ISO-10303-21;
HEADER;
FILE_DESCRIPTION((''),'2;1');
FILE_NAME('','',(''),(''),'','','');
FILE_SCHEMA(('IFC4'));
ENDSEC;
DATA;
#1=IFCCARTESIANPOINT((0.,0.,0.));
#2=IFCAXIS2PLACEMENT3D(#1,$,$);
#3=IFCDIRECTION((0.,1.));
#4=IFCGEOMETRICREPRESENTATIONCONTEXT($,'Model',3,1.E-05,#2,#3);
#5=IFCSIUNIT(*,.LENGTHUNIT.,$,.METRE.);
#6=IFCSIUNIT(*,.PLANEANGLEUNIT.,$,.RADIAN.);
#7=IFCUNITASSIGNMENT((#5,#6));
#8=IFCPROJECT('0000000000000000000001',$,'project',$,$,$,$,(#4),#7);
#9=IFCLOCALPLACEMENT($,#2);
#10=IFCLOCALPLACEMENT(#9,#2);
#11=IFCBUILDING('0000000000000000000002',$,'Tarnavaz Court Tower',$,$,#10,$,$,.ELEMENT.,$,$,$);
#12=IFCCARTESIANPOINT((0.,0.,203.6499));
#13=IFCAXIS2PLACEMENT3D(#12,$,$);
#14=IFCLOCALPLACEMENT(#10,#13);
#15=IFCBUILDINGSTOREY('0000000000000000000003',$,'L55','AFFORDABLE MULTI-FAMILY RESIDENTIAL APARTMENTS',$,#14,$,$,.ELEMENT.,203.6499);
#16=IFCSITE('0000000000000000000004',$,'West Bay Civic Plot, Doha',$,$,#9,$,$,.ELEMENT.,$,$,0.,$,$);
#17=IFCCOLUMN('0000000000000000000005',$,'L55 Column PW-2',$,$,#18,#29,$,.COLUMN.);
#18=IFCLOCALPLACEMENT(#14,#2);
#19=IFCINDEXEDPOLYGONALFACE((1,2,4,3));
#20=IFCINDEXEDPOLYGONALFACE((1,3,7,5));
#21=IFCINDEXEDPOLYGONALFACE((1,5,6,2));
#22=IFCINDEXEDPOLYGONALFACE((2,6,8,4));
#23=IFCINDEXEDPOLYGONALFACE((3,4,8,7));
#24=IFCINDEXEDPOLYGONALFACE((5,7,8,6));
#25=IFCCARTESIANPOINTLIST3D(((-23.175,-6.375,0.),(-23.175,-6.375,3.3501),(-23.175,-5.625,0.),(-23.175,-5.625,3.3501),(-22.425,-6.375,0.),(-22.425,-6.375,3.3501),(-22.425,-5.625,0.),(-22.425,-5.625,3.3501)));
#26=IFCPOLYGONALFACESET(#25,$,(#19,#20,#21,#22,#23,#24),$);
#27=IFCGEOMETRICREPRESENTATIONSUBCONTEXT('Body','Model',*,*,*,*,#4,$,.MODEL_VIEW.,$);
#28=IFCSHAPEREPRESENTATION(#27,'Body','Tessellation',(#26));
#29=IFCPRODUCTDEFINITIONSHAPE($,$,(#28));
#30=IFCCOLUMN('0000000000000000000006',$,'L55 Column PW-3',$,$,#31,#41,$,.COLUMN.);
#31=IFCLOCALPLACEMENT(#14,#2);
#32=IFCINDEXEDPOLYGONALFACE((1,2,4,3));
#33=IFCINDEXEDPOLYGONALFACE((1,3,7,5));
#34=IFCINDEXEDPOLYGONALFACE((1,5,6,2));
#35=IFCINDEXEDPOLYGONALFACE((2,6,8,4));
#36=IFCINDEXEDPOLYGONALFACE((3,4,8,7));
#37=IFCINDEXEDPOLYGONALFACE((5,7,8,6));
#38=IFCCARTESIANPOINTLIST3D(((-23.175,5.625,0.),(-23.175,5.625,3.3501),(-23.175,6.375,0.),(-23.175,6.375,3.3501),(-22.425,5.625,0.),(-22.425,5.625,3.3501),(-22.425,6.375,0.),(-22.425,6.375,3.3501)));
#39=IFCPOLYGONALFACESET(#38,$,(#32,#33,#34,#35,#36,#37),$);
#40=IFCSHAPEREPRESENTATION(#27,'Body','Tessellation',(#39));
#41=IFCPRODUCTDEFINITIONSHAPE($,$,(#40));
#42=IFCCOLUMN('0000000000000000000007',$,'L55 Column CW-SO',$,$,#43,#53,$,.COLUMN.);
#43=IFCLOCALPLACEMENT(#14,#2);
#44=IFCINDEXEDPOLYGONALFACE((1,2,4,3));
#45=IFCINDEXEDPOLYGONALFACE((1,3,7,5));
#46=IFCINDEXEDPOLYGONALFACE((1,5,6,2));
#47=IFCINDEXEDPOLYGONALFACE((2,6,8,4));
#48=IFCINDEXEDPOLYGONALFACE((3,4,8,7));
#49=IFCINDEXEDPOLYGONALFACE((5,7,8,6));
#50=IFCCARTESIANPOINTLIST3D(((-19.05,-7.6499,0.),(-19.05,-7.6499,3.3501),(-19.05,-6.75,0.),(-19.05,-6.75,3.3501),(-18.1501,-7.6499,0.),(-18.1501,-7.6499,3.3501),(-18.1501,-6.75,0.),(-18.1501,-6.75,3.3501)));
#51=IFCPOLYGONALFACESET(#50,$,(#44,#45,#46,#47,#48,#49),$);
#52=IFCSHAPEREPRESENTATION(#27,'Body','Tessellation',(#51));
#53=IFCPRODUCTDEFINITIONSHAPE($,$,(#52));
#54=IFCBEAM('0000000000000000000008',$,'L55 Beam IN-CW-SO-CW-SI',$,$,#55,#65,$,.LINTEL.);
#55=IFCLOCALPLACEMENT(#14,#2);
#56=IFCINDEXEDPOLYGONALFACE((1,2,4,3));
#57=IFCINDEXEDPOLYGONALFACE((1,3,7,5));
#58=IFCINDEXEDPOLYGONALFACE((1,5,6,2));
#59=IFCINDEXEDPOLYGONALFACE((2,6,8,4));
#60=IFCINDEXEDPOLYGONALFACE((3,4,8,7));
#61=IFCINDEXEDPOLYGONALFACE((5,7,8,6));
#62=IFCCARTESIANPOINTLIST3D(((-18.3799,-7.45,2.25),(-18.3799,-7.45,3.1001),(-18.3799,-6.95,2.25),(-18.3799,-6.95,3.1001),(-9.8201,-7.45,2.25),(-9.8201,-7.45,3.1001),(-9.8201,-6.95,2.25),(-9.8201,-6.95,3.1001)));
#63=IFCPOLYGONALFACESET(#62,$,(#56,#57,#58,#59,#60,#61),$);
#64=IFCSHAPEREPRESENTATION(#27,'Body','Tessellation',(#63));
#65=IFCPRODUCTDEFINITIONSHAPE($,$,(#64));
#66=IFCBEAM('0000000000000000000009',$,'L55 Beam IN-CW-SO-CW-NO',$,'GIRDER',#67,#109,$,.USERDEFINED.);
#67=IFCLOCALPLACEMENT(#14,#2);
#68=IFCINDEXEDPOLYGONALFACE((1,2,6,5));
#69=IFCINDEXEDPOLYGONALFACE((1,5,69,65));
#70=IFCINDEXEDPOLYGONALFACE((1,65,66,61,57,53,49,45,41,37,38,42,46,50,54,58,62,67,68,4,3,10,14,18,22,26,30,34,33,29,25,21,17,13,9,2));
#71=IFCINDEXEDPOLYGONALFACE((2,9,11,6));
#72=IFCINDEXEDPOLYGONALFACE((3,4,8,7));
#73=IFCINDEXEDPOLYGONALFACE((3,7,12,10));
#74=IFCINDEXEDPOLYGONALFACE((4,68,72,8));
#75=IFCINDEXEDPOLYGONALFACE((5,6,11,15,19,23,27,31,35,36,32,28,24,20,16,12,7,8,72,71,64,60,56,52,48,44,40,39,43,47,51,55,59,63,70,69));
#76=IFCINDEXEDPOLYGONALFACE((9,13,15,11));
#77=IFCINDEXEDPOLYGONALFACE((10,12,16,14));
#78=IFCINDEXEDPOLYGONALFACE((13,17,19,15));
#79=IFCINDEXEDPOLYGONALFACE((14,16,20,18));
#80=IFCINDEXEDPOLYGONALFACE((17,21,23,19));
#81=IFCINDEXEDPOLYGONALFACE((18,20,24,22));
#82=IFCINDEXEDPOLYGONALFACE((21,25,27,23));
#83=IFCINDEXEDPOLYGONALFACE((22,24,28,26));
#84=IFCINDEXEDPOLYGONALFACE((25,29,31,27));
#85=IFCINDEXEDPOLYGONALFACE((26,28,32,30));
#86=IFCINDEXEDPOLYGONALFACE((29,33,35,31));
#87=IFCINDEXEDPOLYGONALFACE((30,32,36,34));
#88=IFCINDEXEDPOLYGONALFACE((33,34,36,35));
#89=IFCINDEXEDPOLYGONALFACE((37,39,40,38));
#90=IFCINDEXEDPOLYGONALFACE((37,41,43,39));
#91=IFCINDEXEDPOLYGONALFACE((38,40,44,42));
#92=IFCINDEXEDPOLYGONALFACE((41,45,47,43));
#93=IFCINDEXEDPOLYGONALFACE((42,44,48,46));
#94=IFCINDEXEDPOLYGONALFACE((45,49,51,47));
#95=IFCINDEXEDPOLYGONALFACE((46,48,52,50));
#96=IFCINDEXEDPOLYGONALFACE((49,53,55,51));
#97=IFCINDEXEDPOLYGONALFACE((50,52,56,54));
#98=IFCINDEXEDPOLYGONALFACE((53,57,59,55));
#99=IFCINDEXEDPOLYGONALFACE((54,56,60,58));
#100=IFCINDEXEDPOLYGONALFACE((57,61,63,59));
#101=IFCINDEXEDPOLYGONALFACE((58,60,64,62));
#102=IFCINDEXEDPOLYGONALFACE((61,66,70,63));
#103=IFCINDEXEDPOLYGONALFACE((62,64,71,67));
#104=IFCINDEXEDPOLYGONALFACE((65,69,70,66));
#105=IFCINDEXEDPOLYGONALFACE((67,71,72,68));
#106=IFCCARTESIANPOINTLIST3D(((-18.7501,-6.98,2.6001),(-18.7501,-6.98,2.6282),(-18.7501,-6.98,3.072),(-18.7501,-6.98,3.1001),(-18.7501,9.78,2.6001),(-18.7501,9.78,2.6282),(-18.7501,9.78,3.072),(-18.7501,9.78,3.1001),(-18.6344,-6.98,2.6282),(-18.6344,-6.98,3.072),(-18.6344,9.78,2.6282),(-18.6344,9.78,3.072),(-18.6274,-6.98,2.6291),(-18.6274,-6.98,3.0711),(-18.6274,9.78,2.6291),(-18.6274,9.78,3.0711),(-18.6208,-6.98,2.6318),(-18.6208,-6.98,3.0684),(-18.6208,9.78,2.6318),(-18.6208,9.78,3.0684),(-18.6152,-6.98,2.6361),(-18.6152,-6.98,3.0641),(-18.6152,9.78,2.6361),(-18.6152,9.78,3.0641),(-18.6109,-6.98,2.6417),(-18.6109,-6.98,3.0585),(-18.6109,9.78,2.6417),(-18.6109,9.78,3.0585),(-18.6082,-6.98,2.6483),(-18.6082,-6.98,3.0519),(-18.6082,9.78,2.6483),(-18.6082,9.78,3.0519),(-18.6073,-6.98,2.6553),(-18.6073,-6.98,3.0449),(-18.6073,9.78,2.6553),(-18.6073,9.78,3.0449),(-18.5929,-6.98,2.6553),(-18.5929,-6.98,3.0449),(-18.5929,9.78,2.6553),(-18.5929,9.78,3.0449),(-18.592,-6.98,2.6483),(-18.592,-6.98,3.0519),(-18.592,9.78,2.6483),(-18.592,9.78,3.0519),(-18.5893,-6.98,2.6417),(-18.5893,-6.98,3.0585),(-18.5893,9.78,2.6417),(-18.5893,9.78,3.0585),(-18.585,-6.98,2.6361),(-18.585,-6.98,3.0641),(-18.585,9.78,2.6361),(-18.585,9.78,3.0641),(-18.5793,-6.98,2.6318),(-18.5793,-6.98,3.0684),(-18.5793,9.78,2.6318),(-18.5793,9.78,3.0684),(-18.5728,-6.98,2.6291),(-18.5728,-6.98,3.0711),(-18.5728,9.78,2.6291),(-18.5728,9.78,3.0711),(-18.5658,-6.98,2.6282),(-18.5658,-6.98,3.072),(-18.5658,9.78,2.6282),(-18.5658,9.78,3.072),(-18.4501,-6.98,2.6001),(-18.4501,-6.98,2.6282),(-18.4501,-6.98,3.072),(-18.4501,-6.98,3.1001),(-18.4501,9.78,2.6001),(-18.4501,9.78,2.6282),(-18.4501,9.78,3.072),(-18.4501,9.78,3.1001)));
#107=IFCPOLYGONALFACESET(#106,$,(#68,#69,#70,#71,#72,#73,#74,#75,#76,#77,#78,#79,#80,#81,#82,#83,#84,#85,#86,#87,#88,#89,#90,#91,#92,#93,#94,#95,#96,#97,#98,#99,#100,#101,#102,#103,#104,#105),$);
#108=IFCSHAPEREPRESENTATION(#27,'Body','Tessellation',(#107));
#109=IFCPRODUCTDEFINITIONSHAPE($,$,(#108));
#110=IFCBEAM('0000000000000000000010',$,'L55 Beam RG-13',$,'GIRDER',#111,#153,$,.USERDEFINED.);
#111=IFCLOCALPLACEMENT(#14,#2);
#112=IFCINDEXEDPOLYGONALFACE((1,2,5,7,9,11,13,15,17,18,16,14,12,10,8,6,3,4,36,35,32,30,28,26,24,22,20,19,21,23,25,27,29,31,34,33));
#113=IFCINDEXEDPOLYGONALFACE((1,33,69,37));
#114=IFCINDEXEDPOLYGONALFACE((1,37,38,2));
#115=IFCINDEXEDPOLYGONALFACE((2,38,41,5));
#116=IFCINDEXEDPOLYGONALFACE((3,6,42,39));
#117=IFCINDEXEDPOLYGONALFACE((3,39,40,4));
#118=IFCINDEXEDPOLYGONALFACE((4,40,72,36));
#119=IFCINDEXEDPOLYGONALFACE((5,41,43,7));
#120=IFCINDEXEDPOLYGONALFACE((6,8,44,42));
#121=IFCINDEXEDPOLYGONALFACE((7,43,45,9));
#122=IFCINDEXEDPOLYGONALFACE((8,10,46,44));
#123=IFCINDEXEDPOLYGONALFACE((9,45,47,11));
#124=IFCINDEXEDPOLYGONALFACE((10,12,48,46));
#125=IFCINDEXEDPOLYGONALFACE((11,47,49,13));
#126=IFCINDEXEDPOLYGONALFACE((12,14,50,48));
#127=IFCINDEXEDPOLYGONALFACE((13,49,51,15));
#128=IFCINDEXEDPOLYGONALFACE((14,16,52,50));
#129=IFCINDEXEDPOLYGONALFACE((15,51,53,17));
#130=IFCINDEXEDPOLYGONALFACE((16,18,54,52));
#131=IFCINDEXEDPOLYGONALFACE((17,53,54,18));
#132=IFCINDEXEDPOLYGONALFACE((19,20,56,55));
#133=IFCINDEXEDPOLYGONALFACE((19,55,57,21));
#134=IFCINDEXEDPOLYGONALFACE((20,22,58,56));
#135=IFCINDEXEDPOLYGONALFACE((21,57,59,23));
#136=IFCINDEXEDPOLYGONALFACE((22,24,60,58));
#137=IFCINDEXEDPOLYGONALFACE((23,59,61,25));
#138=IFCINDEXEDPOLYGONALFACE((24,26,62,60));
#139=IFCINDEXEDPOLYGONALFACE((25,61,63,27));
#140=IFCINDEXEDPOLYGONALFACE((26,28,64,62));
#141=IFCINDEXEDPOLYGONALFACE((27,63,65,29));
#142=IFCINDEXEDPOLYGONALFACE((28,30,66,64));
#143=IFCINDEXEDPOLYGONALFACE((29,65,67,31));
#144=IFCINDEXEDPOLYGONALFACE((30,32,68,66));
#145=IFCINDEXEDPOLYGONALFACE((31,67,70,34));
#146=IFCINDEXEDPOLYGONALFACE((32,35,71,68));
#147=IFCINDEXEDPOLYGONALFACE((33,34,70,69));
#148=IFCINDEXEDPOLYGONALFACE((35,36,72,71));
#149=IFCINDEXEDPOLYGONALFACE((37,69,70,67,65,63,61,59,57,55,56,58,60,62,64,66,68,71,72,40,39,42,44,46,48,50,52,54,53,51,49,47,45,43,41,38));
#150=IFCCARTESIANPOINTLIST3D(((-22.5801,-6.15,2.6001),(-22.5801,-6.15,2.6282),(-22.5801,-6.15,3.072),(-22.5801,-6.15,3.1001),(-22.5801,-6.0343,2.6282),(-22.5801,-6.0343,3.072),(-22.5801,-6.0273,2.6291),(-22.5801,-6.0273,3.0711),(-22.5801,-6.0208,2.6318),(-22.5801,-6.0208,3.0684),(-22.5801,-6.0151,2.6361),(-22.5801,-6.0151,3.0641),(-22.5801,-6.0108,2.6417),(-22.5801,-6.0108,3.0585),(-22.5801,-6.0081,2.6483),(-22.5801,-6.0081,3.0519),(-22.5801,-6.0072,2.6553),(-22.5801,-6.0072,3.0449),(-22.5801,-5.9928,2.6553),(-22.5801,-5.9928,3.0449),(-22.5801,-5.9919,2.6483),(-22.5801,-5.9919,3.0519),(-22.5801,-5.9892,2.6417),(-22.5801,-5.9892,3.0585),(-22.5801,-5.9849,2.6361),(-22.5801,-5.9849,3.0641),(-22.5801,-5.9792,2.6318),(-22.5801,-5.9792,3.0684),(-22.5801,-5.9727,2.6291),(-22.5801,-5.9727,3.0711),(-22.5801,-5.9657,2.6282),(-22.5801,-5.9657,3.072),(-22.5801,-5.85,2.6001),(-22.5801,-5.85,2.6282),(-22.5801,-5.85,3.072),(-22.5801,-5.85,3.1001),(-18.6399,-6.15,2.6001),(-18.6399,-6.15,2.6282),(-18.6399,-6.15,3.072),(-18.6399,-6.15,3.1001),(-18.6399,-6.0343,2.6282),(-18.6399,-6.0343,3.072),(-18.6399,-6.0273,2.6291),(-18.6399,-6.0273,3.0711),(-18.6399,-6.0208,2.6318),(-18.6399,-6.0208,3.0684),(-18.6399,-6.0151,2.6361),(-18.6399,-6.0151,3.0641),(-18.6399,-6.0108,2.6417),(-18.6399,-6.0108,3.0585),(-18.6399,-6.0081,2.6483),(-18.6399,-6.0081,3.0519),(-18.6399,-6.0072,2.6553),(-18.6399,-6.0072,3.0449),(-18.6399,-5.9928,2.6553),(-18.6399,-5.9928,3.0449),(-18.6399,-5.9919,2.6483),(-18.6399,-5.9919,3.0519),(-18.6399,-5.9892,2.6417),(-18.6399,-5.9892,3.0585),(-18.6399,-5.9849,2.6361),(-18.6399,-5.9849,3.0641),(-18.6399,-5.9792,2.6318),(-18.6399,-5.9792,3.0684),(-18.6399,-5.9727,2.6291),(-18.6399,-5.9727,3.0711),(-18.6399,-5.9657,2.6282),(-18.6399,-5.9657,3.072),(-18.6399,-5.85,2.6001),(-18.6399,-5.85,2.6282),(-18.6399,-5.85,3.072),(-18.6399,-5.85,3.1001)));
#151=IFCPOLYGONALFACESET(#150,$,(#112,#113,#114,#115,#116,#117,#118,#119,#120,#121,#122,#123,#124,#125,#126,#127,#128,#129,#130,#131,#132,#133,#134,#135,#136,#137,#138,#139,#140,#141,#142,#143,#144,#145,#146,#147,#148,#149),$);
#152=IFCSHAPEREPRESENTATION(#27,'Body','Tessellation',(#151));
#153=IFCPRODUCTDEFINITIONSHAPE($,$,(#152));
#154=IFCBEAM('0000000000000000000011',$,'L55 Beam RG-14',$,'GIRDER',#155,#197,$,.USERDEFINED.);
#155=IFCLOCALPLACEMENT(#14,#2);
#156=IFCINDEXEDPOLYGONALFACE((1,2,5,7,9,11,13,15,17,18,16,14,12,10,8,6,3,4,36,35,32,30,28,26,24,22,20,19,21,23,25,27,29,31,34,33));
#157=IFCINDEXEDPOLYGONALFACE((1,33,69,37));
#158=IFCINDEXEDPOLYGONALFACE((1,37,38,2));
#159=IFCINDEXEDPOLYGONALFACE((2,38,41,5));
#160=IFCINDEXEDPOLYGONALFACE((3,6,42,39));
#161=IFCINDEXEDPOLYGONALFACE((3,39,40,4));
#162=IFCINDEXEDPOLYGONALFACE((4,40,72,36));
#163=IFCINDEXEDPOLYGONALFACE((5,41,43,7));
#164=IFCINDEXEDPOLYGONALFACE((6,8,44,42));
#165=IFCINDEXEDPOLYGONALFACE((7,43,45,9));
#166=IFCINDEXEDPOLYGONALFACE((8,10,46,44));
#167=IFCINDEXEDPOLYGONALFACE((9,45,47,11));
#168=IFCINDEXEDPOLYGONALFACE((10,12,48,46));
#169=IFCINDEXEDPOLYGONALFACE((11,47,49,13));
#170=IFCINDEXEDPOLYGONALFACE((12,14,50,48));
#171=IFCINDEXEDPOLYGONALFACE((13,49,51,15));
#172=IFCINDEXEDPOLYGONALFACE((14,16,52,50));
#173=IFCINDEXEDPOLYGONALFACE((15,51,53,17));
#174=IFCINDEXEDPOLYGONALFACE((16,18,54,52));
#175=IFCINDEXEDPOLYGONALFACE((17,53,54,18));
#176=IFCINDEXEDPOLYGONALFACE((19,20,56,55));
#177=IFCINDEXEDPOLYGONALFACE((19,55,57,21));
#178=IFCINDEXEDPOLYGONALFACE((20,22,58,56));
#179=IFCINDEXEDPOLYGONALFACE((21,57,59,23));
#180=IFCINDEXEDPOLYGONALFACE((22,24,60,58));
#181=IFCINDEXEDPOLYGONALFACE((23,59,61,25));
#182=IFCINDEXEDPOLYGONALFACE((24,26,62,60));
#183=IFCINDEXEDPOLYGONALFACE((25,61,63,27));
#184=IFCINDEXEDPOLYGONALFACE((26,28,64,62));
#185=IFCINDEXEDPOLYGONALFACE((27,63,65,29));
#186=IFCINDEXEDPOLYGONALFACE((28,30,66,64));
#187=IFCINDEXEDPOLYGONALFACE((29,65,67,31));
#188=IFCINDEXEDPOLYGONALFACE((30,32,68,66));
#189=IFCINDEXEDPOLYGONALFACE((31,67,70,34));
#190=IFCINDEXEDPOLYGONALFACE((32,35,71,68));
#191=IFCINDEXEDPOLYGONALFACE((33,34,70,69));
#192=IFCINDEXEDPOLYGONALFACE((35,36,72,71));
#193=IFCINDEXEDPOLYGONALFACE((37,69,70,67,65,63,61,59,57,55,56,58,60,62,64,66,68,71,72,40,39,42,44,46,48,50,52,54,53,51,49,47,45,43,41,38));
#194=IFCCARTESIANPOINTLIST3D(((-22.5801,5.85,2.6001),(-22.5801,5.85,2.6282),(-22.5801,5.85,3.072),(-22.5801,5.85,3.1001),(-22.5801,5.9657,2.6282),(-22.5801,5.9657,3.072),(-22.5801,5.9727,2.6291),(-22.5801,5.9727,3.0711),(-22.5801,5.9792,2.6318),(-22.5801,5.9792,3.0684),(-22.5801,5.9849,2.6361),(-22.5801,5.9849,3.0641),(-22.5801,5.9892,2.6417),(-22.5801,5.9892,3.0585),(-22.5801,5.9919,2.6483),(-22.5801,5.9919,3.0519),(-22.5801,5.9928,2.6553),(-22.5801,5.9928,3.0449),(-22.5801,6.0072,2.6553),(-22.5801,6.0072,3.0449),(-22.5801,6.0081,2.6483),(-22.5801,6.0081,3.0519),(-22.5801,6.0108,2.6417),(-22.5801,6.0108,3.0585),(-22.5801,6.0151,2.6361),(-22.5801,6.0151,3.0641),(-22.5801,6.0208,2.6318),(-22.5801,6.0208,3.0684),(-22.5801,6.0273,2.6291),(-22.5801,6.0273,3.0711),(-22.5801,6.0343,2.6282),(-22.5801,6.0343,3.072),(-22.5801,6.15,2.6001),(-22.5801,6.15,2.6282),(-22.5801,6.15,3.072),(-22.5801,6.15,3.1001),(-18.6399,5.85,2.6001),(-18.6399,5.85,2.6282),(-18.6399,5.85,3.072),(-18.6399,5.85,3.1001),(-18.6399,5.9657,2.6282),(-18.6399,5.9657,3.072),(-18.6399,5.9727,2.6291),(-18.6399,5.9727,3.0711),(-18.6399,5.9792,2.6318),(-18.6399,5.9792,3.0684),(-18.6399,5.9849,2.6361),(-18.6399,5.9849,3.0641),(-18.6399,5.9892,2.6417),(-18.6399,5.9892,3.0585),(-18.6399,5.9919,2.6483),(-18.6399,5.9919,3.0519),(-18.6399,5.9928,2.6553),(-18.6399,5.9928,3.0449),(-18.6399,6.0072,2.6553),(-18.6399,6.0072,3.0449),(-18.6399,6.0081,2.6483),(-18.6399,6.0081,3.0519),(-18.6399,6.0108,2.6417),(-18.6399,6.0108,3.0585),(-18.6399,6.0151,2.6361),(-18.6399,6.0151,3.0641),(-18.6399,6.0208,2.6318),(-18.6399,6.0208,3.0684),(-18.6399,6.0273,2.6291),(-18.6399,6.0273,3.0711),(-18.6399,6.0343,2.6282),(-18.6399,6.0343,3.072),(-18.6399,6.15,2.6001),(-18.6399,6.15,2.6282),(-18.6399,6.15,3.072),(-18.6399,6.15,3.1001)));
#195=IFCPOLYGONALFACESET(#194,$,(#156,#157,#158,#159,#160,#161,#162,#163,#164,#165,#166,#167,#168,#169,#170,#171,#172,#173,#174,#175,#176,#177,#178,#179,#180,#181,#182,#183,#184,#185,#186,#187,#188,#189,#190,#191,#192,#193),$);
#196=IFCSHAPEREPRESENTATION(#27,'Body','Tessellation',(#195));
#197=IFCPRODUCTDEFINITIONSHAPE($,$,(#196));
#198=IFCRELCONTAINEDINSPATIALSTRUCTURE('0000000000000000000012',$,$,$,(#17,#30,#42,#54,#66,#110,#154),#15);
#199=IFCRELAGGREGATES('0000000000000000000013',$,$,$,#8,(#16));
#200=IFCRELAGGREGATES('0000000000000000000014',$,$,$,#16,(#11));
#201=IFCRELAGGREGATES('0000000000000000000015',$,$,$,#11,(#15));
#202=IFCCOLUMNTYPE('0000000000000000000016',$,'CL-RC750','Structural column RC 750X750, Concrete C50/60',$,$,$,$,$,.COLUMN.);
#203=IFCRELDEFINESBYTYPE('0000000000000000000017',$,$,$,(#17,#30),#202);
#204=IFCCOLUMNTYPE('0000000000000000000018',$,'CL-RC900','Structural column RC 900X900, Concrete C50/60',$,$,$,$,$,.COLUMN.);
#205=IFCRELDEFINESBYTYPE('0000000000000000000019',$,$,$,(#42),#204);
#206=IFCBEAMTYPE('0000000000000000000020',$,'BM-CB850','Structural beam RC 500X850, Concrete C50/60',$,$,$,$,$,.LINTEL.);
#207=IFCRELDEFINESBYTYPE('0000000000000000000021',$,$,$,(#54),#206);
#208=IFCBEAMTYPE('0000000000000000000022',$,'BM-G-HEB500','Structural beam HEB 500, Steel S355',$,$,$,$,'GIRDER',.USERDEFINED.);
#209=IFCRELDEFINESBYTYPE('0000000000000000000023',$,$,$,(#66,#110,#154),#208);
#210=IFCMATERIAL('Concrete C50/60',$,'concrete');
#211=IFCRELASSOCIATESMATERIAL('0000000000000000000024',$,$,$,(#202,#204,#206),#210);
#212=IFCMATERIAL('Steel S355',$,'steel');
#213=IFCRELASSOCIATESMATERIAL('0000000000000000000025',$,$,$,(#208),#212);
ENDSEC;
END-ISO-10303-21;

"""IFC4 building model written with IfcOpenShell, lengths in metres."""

from ifc_helpers import new_model, si_unit, direction, frame, origin, origin_2d, place, context, subcontext, project, spatial, rectangle, i_section, extrude, material, material_profile, profile_set, type_object, element, save


model = new_model("IFC4")

# Units and contexts
model_context = context("Model", 3, precision=1e-05, world=origin(), true_north=direction((0.0, 1.0)))
body_context = subcontext(model_context, "Body", "Model", "MODEL_VIEW")
ifc_project = project(units=[si_unit("LENGTHUNIT", "METRE"), si_unit("PLANEANGLEUNIT", "RADIAN")], contexts=[model_context])

# Site, building, storey
site_placement = place(None, origin())
site = spatial("IfcSite", under=ifc_project, at=site_placement, Name="West Bay Civic Plot, Doha", CompositionType="ELEMENT", RefElevation=0.0)
building_placement = place(site_placement, origin())
building = spatial("IfcBuilding", under=site, at=building_placement, Name="Tarnavaz Court Tower", CompositionType="ELEMENT")
storey_placement = place(building_placement, frame((0.0, 0.0, 203.6499)))
storey = spatial("IfcBuildingStorey", under=building, at=storey_placement, Name="L55", Description="AFFORDABLE MULTI-FAMILY RESIDENTIAL APARTMENTS", CompositionType="ELEMENT", Elevation=203.6499)

# Columns
ifc_material_1 = material(Name="Concrete C50/60", Category="concrete")
ifc_material_profile_1 = material_profile(ifc_material_1, rectangle(XDim=0.75, YDim=0.75, at=origin_2d()), Name="RC 750X750")
ifc_profile_set_1 = profile_set([ifc_material_profile_1], Name="Concrete C50/60")
column_type_1 = type_object("IfcColumnType", Name="CL-RC750", Description="Structural column RC 750X750, Concrete C50/60", PredefinedType="COLUMN", material=ifc_profile_set_1)
for number, where, z_axis, x_axis, name in (
    (1, (-22.8, -6.0, 0.0), (0.0, 0.0, 1.0), (1.0, 0.0, 0.0), "L55 Column PW-2"),
    (2, (-22.8, 6.0, 0.0), (0.0, 0.0, 1.0), (1.0, 0.0, 0.0), "L55 Column PW-3"),
):
    element("IfcColumn", number, at=place(storey_placement, frame(where, z_axis=z_axis, x_axis=x_axis)), inside=storey, type_object=column_type_1, Name=name, PredefinedType="COLUMN", context=body_context, shape_type="SweptSolid", body=[
        extrude(rectangle(XDim=0.75, YDim=0.75, at=origin_2d()), origin(), (0.0, 0.0, 1.0), 3.3501),
    ])
ifc_material_profile_2 = material_profile(ifc_material_1, rectangle(XDim=0.8999, YDim=0.8999, at=origin_2d()), Name="RC 900X900")
ifc_profile_set_2 = profile_set([ifc_material_profile_2], Name="Concrete C50/60")
column_type_2 = type_object("IfcColumnType", Name="CL-RC900", Description="Structural column RC 900X900, Concrete C50/60", PredefinedType="COLUMN", material=ifc_profile_set_2)
column_placement = place(storey_placement, frame((-18.6001, -7.2, 0.0), z_axis=(0.0, 0.0, 1.0), x_axis=(1.0, 0.0, 0.0)))
element("IfcColumn", 3, at=column_placement, inside=storey, type_object=column_type_2, Name="L55 Column CW-SO", PredefinedType="COLUMN", context=body_context, shape_type="SweptSolid", body=[
    extrude(rectangle(XDim=0.8999, YDim=0.8999, at=origin_2d()), origin(), (0.0, 0.0, 1.0), 3.3501),
])

# Beams
ifc_material_profile_3 = material_profile(ifc_material_1, rectangle(XDim=0.5, YDim=0.8501, at=origin_2d()), Name="RC 500X850")
ifc_profile_set_3 = profile_set([ifc_material_profile_3], Name="Concrete C50/60")
beam_type_1 = type_object("IfcBeamType", Name="BM-CB850", Description="Structural beam RC 500X850, Concrete C50/60", PredefinedType="LINTEL", material=ifc_profile_set_3)
beam_1_placement = place(storey_placement, frame((-18.3799, -7.2, 2.675), z_axis=(1.0, 0.0, 0.0), x_axis=(0.0, 1.0, 0.0)))
element("IfcBeam", 4, at=beam_1_placement, inside=storey, type_object=beam_type_1, Name="L55 Beam IN-CW-SO-CW-SI", PredefinedType="LINTEL", context=body_context, shape_type="SweptSolid", body=[
    extrude(rectangle(XDim=0.5, YDim=0.8501, at=origin_2d()), origin(), (0.0, 0.0, 1.0), 8.5598),
])
ifc_material_2 = material(Name="Steel S355", Category="steel")
ifc_material_profile_4 = material_profile(ifc_material_2, i_section(OverallWidth=0.3, OverallDepth=0.5, WebThickness=0.0144, FlangeThickness=0.0281, FilletRadius=0.0271, at=origin_2d()), Name="HEB 500")
ifc_profile_set_4 = profile_set([ifc_material_profile_4], Name="Steel S355")
beam_type_2 = type_object("IfcBeamType", Name="BM-G-HEB500", Description="Structural beam HEB 500, Steel S355", ElementType="GIRDER", PredefinedType="USERDEFINED", material=ifc_profile_set_4)
beam_2_placement = place(storey_placement, frame((-18.6001, -6.98, 2.8501), z_axis=(0.0, 1.0, 0.0), x_axis=(-1.0, 0.0, 0.0)))
element("IfcBeam", 5, at=beam_2_placement, inside=storey, type_object=beam_type_2, Name="L55 Beam IN-CW-SO-CW-NO", ObjectType="GIRDER", PredefinedType="USERDEFINED", context=body_context, shape_type="SweptSolid", body=[
    extrude(i_section(OverallWidth=0.3, OverallDepth=0.5, WebThickness=0.0144, FlangeThickness=0.0281, FilletRadius=0.0271, at=origin_2d()), origin(), (0.0, 0.0, 1.0), 16.76),
])
for number, where, z_axis, x_axis, name in (
    (6, (-18.6399, -6.0, 2.8501), (-1.0, 0.0, 0.0), (0.0, -1.0, 0.0), "L55 Beam RG-13"),
    (7, (-18.6399, 6.0, 2.8501), (-1.0, 0.0, 0.0), (0.0, -1.0, 0.0), "L55 Beam RG-14"),
):
    element("IfcBeam", number, at=place(storey_placement, frame(where, z_axis=z_axis, x_axis=x_axis)), inside=storey, type_object=beam_type_2, Name=name, ObjectType="GIRDER", PredefinedType="USERDEFINED", context=body_context, shape_type="SweptSolid", body=[
        extrude(i_section(OverallWidth=0.3, OverallDepth=0.5, WebThickness=0.0144, FlangeThickness=0.0281, FilletRadius=0.0271, at=origin_2d()), origin(), (0.0, 0.0, 1.0), 3.9402),
    ])

save(model, "model.ifc")
